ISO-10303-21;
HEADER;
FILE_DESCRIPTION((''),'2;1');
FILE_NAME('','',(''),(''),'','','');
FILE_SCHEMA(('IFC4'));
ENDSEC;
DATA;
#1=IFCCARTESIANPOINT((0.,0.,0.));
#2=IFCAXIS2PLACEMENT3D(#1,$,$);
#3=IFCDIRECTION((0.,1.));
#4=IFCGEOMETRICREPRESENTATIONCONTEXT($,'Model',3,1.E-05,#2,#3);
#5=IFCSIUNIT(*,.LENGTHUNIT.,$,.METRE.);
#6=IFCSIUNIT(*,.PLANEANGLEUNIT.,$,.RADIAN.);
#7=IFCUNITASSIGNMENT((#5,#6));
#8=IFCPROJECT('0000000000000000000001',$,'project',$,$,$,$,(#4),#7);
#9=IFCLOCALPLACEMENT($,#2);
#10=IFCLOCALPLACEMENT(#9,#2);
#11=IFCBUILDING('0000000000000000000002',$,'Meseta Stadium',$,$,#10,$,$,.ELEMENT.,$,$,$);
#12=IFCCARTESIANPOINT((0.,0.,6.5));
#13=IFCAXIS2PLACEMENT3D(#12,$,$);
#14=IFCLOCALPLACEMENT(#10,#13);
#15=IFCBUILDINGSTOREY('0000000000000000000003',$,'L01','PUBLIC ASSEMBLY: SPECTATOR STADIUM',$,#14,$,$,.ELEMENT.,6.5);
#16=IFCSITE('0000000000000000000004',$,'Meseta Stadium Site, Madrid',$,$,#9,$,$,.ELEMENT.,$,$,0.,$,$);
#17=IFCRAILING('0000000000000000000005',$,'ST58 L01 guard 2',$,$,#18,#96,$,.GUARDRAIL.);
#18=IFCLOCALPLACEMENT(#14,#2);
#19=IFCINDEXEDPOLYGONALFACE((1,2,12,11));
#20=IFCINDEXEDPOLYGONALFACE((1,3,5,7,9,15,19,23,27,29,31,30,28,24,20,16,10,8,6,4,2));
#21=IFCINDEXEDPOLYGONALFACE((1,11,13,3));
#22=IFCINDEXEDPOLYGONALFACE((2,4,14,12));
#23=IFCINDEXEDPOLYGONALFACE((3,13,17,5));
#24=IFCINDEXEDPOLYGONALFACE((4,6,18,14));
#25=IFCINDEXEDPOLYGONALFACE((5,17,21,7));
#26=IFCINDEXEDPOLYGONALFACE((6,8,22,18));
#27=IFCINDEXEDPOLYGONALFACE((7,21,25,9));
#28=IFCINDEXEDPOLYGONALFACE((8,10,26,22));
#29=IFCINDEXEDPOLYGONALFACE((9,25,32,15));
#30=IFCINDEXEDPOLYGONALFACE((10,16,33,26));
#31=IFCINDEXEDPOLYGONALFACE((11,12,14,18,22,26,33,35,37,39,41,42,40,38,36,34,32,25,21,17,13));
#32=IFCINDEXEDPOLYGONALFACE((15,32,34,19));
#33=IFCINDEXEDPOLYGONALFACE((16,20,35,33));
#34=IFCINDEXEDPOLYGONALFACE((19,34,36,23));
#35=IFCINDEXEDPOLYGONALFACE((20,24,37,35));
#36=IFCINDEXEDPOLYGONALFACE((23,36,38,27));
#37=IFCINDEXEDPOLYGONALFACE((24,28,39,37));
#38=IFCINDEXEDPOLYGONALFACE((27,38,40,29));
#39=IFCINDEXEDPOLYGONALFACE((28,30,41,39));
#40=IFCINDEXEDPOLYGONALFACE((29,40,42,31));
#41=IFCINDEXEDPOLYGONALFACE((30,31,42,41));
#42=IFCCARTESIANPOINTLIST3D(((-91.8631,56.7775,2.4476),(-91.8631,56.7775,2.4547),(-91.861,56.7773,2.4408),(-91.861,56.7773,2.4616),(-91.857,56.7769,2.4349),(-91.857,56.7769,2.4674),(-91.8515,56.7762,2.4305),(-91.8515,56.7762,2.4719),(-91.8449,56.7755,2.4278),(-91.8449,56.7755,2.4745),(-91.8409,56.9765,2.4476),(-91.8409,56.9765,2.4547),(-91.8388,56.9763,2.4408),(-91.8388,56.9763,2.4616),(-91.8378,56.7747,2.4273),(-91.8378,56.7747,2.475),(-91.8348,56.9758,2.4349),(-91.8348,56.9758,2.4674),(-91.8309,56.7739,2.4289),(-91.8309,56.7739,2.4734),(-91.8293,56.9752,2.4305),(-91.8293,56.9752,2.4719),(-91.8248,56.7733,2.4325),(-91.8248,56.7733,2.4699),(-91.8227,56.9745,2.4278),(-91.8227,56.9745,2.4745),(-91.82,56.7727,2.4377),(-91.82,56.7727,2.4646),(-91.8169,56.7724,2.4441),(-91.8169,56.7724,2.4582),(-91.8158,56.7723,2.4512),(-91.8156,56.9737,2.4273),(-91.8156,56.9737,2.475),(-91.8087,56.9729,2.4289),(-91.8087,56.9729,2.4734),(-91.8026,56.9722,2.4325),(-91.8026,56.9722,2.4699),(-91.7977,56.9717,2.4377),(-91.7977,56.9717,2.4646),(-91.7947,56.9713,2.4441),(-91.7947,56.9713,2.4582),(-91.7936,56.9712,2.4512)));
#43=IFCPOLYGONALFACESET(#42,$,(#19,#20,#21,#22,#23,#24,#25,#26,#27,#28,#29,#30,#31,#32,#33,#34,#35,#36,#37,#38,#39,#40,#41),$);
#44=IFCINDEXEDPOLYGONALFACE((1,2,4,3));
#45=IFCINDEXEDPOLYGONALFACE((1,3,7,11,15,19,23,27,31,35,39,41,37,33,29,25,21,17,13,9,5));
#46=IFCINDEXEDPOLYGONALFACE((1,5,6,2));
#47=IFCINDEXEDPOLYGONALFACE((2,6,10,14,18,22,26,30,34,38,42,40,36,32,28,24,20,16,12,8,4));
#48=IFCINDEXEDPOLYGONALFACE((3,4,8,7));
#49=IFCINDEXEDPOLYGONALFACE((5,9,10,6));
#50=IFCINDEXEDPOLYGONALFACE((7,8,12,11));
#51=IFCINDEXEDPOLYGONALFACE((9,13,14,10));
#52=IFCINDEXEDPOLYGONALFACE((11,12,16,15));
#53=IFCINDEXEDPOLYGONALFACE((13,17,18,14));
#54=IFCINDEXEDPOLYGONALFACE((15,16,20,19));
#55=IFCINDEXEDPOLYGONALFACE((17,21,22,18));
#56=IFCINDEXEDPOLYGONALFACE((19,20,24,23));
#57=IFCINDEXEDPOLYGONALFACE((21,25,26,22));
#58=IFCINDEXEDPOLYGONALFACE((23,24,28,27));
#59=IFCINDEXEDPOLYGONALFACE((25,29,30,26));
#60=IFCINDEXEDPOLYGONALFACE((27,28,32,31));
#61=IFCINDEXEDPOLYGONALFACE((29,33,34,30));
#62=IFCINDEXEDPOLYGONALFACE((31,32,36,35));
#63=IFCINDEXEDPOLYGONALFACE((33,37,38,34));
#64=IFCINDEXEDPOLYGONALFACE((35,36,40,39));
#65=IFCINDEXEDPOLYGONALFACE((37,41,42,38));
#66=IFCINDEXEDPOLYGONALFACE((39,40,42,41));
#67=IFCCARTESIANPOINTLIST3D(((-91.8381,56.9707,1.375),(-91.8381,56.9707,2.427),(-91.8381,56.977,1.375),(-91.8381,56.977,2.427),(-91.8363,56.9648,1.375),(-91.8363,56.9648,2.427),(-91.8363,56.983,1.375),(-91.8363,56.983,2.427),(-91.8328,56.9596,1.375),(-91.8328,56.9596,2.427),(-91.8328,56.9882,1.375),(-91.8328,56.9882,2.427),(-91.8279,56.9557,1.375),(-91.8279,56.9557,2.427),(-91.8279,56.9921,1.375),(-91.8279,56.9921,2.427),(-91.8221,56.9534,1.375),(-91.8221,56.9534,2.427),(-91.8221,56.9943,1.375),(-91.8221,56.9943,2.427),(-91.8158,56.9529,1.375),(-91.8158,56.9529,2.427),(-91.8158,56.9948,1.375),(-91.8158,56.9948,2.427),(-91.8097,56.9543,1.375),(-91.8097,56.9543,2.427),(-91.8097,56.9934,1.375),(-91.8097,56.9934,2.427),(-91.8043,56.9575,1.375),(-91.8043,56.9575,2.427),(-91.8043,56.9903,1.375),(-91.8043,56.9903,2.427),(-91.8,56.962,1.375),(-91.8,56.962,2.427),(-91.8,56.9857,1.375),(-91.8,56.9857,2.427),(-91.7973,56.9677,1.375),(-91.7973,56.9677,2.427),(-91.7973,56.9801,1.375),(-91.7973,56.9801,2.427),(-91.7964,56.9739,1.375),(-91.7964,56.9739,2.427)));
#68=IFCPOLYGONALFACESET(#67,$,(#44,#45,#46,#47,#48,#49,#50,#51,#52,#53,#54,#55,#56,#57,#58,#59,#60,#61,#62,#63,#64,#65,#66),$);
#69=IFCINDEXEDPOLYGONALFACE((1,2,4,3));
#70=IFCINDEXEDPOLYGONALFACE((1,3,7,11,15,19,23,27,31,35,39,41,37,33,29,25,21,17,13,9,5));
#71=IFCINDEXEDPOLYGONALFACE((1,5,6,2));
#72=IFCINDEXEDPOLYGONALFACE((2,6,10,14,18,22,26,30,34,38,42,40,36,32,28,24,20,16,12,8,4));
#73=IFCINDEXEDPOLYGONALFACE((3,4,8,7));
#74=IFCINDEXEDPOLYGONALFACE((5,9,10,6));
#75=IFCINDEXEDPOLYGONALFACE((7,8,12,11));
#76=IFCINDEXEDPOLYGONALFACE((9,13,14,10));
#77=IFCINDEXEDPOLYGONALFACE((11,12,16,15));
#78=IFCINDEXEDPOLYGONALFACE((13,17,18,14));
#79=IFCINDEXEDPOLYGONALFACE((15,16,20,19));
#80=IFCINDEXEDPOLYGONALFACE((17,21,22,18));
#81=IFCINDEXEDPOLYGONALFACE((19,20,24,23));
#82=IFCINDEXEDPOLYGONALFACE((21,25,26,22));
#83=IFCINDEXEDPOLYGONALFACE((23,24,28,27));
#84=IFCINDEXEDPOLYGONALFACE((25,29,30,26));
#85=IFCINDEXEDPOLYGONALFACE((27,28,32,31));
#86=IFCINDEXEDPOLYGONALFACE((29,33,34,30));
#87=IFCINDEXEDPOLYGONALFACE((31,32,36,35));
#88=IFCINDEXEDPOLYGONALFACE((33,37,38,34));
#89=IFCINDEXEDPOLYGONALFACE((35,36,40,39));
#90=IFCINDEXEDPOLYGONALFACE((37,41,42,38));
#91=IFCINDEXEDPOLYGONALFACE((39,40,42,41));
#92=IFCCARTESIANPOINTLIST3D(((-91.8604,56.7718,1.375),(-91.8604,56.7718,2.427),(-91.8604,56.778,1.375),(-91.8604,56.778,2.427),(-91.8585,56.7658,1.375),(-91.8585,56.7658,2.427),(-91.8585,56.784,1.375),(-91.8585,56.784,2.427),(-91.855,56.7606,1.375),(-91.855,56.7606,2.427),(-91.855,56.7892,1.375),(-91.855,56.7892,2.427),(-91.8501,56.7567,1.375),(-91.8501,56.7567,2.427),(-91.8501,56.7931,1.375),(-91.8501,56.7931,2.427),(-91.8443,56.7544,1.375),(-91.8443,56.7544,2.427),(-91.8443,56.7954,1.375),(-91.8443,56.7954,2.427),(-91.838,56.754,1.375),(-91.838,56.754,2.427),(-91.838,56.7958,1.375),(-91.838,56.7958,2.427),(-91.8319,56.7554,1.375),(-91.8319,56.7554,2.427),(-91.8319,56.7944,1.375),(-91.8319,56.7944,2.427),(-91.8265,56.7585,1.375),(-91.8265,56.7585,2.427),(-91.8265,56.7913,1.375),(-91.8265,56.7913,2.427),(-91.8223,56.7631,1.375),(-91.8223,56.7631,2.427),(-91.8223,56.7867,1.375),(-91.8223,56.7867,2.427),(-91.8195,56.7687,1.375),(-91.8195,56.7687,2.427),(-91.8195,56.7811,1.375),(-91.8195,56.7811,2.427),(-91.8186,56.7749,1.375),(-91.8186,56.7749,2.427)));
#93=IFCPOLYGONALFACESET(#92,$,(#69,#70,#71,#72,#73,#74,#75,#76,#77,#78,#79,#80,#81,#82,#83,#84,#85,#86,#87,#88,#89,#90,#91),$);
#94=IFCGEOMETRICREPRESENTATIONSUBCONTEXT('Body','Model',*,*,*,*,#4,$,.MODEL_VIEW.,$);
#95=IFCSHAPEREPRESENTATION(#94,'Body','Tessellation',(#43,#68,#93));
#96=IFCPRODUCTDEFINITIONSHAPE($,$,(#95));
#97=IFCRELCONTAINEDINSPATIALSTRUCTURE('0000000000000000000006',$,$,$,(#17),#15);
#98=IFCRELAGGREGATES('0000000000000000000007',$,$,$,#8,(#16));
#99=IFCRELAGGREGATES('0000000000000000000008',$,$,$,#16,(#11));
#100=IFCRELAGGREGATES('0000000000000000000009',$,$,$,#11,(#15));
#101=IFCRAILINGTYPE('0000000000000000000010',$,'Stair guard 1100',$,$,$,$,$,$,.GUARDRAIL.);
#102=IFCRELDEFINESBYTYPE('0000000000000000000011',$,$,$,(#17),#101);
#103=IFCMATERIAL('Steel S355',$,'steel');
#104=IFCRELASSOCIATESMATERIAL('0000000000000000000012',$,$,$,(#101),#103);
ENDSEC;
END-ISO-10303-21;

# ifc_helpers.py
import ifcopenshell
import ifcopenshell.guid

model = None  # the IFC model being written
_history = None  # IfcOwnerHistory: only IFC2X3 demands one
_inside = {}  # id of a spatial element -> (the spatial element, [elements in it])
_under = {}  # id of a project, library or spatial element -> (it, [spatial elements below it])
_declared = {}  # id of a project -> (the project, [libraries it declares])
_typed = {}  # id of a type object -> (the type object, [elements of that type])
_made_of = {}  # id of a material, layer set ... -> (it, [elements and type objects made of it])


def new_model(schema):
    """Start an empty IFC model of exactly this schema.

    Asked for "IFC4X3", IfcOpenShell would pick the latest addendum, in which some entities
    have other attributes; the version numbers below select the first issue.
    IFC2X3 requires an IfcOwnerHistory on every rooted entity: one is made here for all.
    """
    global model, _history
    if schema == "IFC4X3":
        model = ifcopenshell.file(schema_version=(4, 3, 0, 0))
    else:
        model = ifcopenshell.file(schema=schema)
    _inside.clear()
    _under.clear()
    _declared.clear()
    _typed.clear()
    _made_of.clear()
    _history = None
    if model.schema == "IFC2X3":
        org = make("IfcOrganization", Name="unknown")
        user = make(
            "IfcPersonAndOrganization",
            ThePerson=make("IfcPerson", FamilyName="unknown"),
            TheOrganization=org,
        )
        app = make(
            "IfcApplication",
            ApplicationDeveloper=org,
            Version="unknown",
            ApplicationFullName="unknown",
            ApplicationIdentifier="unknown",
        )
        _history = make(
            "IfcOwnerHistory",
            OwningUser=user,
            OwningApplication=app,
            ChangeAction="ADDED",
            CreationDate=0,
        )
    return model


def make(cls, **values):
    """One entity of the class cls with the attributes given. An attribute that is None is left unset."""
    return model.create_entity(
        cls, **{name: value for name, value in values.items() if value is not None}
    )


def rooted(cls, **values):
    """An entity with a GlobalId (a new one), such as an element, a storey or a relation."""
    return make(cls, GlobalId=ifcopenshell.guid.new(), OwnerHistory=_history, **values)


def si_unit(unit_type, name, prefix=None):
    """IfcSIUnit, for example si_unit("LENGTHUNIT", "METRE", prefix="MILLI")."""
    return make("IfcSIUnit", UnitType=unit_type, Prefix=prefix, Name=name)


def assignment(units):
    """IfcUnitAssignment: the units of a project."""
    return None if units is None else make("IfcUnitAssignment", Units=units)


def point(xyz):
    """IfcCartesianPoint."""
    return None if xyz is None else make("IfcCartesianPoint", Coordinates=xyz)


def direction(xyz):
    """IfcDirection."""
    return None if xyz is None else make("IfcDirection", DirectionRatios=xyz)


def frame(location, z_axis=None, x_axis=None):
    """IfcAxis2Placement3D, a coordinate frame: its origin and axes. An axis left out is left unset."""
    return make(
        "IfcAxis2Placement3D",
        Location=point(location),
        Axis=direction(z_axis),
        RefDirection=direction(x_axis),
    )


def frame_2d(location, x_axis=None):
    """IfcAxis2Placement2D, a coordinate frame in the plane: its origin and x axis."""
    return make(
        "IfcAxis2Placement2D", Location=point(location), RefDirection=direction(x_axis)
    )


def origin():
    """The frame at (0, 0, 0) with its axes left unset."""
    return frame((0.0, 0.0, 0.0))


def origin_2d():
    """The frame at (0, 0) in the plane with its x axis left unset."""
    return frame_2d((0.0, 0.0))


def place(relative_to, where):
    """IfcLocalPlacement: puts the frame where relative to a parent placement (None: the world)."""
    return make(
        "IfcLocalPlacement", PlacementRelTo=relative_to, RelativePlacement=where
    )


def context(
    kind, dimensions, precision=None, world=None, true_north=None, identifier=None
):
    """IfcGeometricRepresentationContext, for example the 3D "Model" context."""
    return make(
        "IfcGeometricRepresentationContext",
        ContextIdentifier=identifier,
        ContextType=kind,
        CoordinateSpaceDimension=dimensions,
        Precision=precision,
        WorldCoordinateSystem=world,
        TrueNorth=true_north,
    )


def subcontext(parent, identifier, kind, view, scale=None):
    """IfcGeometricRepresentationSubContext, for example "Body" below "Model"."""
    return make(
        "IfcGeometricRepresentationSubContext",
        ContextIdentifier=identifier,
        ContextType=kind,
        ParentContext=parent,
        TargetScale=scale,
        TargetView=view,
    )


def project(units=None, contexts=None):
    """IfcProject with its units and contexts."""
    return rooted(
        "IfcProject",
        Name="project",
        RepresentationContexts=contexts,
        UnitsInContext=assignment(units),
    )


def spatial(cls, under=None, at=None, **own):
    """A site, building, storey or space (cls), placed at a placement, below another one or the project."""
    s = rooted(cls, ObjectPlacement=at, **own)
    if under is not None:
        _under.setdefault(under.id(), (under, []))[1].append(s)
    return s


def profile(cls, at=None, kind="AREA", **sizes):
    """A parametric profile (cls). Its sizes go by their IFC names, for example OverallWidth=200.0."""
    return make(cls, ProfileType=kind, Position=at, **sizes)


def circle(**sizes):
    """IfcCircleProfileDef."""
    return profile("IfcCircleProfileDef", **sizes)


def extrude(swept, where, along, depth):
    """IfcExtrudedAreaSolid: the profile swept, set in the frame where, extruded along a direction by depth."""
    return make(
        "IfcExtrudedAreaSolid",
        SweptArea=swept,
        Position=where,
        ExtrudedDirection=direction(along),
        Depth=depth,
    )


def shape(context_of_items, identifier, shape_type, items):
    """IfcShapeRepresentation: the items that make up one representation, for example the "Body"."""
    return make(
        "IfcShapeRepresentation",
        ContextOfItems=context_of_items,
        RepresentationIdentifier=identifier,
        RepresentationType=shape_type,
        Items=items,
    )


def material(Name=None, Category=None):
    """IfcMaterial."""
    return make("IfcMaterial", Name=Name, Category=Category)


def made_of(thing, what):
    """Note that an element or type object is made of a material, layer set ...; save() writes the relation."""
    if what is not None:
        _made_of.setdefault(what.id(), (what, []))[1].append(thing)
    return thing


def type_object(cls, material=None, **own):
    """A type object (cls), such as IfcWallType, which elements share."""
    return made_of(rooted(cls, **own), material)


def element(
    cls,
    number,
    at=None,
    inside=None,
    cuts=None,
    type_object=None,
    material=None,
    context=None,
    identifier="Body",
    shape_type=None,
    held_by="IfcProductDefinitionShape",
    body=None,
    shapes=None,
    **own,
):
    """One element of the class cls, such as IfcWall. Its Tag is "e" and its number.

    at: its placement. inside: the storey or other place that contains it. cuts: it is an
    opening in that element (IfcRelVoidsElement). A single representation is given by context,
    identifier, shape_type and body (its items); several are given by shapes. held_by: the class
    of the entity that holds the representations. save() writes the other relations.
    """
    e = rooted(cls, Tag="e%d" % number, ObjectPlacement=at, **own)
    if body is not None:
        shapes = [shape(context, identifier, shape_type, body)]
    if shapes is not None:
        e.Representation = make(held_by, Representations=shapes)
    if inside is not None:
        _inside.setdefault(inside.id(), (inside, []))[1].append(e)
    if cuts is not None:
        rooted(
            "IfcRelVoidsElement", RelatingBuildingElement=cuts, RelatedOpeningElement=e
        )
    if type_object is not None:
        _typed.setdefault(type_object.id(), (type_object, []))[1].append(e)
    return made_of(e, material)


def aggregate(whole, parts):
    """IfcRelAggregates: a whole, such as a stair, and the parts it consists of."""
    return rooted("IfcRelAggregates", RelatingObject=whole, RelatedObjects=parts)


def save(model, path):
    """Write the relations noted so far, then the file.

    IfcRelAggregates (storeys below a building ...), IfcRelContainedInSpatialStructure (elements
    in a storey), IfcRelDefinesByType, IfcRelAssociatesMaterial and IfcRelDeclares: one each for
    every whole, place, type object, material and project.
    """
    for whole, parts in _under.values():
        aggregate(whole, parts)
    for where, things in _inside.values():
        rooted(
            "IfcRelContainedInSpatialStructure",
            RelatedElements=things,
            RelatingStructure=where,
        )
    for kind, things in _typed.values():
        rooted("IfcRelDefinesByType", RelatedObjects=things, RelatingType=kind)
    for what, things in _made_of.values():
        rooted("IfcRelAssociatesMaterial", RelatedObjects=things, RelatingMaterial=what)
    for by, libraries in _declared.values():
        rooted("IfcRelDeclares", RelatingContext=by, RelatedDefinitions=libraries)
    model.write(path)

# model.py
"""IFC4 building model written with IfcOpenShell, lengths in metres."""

from ifc_helpers import new_model, si_unit, direction, frame, origin, origin_2d, place, context, subcontext, project, spatial, circle, extrude, material, type_object, element, save


model = new_model("IFC4")

# Units and contexts
model_context = context("Model", 3, precision=1e-05, world=origin(), true_north=direction((0.0, 1.0)))
body_context = subcontext(model_context, "Body", "Model", "MODEL_VIEW")
ifc_project = project(units=[si_unit("LENGTHUNIT", "METRE"), si_unit("PLANEANGLEUNIT", "RADIAN")], contexts=[model_context])

# Site, building, storey
site_placement = place(None, origin())
site = spatial("IfcSite", under=ifc_project, at=site_placement, Name="Meseta Stadium Site, Madrid", CompositionType="ELEMENT", RefElevation=0.0)
building_placement = place(site_placement, origin())
building = spatial("IfcBuilding", under=site, at=building_placement, Name="Meseta Stadium", CompositionType="ELEMENT")
storey_placement = place(building_placement, frame((0.0, 0.0, 6.5)))
storey = spatial("IfcBuildingStorey", under=building, at=storey_placement, Name="L01", Description="PUBLIC ASSEMBLY: SPECTATOR STADIUM", CompositionType="ELEMENT", Elevation=6.5)

# Railing
ifc_material_1 = material(Name="Steel S355", Category="steel")
railing_type_1 = type_object("IfcRailingType", Name="Stair guard 1100", PredefinedType="GUARDRAIL", material=ifc_material_1)
railing_1_placement = place(storey_placement, frame((-91.8174, 56.9739, 1.375)))
element("IfcRailing", 1, at=railing_1_placement, inside=storey, type_object=railing_type_1, Name="ST58 L01 guard 2", PredefinedType="GUARDRAIL", context=body_context, shape_type="SweptSolid", body=[
    extrude(circle(Radius=0.0239, at=origin_2d()), frame((0.0, 0.0, 1.0762), z_axis=(-0.110967, -0.993824, 0.0), x_axis=(0.993824, -0.110967, 0.0)), (0.0, 0.0, 1.0), 0.2002),
    extrude(circle(Radius=0.021, at=origin_2d()), origin(), (0.0, 0.0, 1.0), 1.052),
    extrude(circle(Radius=0.021, at=origin_2d()), frame((-0.0222, -0.199, 0.0)), (0.0, 0.0, 1.0), 1.052),
])

save(model, "model.ifc")
